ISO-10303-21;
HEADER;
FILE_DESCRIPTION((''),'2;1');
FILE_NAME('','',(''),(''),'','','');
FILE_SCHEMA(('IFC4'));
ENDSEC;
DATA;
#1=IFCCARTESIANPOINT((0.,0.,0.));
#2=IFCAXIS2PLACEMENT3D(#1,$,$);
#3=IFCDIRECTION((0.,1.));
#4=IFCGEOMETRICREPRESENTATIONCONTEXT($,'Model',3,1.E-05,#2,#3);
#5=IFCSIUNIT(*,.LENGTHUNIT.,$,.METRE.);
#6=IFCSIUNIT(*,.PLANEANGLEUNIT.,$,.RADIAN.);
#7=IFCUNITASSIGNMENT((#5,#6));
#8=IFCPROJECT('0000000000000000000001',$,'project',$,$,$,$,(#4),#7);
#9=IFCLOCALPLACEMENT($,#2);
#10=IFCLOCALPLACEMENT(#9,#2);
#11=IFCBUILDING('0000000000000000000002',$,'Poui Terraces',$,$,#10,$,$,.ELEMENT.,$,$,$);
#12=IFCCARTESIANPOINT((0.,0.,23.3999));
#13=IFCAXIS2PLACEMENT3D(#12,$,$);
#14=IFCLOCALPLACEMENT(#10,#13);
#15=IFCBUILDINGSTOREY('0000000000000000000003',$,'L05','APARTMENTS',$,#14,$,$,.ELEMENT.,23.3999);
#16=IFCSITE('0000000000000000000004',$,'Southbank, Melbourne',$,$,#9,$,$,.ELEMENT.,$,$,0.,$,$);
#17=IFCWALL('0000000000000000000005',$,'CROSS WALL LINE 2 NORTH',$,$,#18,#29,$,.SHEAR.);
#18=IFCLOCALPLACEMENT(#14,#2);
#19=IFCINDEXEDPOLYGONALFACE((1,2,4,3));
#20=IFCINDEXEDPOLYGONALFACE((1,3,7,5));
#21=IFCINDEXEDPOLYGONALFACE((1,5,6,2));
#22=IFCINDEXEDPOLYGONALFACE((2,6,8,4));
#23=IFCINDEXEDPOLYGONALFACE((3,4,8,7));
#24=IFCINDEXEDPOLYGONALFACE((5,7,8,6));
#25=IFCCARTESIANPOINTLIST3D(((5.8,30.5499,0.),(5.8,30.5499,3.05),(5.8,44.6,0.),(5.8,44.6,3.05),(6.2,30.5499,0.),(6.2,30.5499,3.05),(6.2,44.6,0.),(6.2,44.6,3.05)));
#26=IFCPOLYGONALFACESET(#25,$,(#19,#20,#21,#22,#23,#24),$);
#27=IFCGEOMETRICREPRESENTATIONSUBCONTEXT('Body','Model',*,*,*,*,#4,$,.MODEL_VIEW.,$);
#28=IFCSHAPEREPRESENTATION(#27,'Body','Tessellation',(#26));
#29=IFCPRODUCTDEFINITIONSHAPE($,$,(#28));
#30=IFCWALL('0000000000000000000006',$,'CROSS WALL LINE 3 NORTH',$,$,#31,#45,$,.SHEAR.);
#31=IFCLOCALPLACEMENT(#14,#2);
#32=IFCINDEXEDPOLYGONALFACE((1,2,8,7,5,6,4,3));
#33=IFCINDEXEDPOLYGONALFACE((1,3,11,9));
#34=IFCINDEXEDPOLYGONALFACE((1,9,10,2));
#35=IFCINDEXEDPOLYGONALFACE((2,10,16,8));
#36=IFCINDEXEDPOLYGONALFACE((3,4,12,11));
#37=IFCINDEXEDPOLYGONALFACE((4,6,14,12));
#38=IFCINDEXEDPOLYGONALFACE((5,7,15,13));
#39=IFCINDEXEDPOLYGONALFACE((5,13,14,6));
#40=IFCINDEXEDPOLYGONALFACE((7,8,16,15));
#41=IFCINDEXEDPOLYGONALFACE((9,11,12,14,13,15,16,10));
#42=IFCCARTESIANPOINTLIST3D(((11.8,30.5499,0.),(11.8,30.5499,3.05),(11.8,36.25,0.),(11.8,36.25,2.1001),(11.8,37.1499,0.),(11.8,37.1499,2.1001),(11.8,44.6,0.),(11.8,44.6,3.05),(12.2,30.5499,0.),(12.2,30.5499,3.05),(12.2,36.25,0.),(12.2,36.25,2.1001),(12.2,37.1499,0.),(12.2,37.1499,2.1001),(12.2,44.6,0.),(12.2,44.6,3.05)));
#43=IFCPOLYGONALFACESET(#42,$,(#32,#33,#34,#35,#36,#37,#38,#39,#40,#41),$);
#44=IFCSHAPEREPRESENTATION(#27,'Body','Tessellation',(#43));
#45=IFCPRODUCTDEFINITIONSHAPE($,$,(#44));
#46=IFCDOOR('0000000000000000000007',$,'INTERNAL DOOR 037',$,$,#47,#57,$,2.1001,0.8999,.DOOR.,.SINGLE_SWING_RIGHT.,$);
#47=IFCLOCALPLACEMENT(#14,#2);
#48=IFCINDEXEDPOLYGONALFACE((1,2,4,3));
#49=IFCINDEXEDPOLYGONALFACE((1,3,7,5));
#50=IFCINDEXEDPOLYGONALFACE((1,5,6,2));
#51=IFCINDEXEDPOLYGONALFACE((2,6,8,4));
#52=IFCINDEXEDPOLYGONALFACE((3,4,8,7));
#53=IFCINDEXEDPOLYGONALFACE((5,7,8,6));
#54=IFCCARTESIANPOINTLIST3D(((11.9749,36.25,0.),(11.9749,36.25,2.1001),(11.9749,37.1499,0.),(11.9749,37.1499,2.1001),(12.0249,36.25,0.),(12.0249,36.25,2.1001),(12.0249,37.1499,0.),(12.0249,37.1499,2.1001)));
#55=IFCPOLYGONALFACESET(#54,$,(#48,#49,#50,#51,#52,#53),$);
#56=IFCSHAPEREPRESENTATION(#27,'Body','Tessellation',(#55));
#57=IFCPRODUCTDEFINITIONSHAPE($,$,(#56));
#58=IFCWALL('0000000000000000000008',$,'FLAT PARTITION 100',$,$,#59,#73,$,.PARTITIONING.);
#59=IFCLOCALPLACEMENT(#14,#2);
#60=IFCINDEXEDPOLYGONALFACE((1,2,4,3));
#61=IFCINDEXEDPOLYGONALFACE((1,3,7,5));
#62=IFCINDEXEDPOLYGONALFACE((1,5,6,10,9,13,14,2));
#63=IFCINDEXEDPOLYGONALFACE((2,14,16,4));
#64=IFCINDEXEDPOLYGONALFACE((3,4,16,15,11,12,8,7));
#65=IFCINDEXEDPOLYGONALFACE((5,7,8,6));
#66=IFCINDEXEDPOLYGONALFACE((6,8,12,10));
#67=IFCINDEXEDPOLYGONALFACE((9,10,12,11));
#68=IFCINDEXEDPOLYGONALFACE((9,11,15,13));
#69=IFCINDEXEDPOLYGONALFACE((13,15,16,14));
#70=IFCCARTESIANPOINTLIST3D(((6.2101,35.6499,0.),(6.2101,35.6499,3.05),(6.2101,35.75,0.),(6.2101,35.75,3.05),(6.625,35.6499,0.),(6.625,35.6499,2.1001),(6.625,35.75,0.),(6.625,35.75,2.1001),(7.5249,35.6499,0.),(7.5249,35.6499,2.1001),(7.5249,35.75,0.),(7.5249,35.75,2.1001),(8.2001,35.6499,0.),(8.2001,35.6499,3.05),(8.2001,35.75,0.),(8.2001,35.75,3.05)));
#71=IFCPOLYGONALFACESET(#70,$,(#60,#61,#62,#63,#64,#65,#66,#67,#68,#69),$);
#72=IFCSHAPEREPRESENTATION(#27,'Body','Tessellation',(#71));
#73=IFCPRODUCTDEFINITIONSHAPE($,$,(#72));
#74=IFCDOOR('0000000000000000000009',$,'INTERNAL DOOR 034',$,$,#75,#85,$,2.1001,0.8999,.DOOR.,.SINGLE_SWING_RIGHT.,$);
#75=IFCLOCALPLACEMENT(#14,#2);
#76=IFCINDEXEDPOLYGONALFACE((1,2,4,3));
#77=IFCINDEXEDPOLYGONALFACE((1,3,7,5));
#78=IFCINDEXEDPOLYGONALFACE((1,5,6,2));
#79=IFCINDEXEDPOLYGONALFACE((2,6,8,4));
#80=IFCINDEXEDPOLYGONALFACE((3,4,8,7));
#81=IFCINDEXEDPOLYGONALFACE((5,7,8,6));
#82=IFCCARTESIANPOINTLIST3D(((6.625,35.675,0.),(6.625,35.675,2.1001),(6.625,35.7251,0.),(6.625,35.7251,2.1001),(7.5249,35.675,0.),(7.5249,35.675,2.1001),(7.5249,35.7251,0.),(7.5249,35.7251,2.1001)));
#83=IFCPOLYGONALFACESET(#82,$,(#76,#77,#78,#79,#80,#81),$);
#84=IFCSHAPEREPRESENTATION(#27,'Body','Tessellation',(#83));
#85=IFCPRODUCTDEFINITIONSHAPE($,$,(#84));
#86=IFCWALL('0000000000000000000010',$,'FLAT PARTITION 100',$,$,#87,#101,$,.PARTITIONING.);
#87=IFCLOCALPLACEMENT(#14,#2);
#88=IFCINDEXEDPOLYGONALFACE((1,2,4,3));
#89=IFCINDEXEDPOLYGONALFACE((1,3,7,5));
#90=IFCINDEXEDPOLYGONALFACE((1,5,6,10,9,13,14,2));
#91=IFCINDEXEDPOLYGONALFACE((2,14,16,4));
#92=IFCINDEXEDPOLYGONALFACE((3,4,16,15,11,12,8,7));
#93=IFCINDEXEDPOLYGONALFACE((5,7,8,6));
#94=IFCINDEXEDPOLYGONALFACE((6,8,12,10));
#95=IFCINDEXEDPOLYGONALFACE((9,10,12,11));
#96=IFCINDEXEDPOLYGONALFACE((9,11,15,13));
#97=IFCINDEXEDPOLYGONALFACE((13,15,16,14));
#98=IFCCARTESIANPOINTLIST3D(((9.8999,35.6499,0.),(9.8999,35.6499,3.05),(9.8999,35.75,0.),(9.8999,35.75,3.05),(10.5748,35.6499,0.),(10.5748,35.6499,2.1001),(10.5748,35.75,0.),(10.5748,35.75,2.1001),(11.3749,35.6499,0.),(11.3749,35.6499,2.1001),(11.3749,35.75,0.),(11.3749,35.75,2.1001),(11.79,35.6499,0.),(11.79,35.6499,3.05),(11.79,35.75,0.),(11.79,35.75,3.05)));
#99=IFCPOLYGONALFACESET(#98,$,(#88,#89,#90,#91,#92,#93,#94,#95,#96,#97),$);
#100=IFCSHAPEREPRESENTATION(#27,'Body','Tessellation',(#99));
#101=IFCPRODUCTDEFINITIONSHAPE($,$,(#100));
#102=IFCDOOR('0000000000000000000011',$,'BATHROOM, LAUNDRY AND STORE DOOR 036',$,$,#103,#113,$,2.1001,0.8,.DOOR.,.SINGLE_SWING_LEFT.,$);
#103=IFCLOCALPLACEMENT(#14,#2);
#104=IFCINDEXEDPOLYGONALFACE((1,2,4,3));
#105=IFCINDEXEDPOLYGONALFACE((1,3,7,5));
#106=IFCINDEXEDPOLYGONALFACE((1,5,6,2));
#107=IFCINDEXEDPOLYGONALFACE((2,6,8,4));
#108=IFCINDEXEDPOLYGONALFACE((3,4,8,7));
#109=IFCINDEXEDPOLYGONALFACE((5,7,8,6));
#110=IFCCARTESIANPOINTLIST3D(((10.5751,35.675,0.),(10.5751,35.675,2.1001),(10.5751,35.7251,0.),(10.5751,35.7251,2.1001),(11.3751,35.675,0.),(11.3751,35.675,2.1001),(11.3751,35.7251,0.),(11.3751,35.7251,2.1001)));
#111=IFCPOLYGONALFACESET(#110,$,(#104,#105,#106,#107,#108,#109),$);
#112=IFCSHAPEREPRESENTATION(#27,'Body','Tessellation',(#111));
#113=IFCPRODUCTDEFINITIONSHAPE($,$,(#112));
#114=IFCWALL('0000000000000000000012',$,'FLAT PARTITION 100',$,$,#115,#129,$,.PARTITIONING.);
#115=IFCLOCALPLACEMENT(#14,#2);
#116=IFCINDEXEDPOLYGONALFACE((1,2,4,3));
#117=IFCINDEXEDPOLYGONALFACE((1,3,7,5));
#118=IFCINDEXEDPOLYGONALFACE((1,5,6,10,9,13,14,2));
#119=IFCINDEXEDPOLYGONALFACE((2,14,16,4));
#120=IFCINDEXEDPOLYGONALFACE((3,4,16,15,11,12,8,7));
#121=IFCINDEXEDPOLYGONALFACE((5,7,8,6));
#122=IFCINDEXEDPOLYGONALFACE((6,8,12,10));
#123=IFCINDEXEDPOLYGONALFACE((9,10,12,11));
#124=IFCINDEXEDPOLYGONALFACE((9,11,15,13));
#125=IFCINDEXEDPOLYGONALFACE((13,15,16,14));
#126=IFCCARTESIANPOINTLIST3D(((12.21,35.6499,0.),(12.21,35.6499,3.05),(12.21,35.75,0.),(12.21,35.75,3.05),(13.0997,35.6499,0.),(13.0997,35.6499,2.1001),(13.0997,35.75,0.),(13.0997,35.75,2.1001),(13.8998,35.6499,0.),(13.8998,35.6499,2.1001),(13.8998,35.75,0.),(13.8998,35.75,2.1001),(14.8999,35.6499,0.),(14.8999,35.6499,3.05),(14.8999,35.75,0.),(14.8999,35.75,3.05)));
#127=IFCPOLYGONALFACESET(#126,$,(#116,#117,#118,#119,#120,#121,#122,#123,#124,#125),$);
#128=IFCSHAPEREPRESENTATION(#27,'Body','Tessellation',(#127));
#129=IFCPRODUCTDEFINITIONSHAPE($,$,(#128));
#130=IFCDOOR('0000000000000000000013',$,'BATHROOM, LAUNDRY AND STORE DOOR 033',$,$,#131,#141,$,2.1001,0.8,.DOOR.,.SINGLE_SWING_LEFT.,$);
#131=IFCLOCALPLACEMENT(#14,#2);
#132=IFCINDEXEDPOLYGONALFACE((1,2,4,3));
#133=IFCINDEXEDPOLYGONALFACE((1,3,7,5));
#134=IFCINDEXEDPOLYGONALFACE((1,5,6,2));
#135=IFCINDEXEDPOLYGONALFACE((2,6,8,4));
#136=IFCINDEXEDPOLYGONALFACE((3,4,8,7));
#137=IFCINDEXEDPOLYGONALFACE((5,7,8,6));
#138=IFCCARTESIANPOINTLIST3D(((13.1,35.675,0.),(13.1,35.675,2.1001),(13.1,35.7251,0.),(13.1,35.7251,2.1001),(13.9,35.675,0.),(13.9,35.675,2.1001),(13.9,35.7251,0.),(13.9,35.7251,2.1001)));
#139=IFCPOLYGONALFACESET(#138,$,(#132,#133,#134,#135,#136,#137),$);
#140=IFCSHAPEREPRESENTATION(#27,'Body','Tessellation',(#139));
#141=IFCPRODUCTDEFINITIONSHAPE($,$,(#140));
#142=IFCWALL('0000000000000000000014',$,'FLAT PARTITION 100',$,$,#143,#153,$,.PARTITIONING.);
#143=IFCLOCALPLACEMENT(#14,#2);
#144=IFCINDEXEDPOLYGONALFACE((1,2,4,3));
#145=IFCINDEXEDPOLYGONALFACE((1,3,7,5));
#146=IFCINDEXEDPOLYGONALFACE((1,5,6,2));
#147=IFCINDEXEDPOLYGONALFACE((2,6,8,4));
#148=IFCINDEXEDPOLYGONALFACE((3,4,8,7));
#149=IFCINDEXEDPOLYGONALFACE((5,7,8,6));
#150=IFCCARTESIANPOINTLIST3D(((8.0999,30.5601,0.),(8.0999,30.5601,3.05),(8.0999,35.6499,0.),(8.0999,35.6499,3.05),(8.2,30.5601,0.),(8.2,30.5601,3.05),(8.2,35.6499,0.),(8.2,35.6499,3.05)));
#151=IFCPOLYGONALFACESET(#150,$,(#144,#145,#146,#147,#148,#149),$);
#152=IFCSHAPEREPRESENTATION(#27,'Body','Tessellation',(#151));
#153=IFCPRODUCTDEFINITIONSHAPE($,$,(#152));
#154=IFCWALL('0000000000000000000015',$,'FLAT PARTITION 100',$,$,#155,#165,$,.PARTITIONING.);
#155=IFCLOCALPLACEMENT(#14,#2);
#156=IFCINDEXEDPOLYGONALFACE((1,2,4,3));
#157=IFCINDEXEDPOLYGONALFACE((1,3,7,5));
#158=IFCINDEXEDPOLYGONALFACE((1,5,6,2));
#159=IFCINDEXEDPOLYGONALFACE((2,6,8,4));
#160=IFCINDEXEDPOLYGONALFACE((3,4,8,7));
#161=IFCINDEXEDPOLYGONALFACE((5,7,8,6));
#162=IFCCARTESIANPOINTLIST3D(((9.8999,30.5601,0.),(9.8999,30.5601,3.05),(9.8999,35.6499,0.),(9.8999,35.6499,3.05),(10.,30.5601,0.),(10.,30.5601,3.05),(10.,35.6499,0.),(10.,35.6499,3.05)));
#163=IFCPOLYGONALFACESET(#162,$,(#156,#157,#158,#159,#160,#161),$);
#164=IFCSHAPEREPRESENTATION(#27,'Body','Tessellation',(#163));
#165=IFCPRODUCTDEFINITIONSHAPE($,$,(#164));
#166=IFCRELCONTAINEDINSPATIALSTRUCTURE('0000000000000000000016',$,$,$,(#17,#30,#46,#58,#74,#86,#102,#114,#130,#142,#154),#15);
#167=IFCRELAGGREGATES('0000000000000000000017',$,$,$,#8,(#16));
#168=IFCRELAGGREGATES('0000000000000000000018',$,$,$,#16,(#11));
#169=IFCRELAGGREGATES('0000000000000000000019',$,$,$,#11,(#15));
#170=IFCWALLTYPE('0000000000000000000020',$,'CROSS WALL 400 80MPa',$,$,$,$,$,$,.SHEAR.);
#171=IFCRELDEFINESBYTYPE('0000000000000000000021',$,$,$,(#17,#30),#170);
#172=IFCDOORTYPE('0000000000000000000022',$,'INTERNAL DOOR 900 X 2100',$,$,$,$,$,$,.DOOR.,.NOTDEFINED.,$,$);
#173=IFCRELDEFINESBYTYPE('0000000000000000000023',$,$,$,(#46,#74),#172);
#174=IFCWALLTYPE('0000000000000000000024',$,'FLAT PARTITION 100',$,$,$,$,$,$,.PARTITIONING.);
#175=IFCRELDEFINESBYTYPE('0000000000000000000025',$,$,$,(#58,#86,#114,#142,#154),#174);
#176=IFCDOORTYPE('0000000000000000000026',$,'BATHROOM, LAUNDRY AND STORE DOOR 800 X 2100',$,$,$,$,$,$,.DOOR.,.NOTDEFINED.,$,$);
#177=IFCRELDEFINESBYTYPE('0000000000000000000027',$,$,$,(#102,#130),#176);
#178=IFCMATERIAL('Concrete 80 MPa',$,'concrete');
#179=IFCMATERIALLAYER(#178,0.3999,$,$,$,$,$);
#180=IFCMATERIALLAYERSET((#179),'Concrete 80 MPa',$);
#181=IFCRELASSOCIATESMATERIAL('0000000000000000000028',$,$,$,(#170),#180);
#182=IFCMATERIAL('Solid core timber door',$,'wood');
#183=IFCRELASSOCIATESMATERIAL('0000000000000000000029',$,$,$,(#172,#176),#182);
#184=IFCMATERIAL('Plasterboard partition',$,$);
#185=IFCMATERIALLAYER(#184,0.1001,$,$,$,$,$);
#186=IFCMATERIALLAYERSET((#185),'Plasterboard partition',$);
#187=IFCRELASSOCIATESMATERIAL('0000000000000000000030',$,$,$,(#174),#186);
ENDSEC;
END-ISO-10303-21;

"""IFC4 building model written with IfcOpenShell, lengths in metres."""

from ifc_helpers import new_model, si_unit, direction, frame, frame_2d, origin, place, context, subcontext, project, spatial, rectangle, extrude, material, layer, layer_set, type_object, element, fill, save


model = new_model("IFC4")

# Units and contexts
model_context = context("Model", 3, precision=1e-05, world=origin(), true_north=direction((0.0, 1.0)))
body_context = subcontext(model_context, "Body", "Model", "MODEL_VIEW")
ifc_project = project(units=[si_unit("LENGTHUNIT", "METRE"), si_unit("PLANEANGLEUNIT", "RADIAN")], contexts=[model_context])

# Site, building, storey
site_placement = place(None, origin())
site = spatial("IfcSite", under=ifc_project, at=site_placement, Name="Southbank, Melbourne", CompositionType="ELEMENT", RefElevation=0.0)
building_placement = place(site_placement, origin())
building = spatial("IfcBuilding", under=site, at=building_placement, Name="Poui Terraces", CompositionType="ELEMENT")
storey_placement = place(building_placement, frame((0.0, 0.0, 23.3999)))
storey = spatial("IfcBuildingStorey", under=building, at=storey_placement, Name="L05", Description="APARTMENTS", CompositionType="ELEMENT", Elevation=23.3999)

# Wall
ifc_material_1 = material(Name="Concrete 80 MPa", Category="concrete")
ifc_layer_1 = layer(ifc_material_1, 0.3999)
ifc_layer_set_1 = layer_set([ifc_layer_1], Name="Concrete 80 MPa")
wall_type_1 = type_object("IfcWallType", Name="CROSS WALL 400 80MPa", PredefinedType="SHEAR", material=ifc_layer_set_1)
wall_1_placement = place(storey_placement, frame((6.0, 30.55, 0.0), z_axis=(0.0, 0.0, 1.0), x_axis=(0.0, 1.0, 0.0)))
element("IfcWall", 1, at=wall_1_placement, inside=storey, type_object=wall_type_1, Name="CROSS WALL LINE 2 NORTH", PredefinedType="SHEAR", context=body_context, shape_type="SweptSolid", body=[
    extrude(rectangle(XDim=14.05, YDim=0.3999, at=frame_2d((7.0249, 0.0))), origin(), (0.0, 0.0, 1.0), 3.05),
])

# Walls, openings, doors
wall_2_placement = place(storey_placement, frame((12.0, 30.55, 0.0), z_axis=(0.0, 0.0, 1.0), x_axis=(0.0, 1.0, 0.0)))
wall_2 = element("IfcWall", 2, at=wall_2_placement, inside=storey, type_object=wall_type_1, Name="CROSS WALL LINE 3 NORTH", PredefinedType="SHEAR", context=body_context, shape_type="SweptSolid", body=[
    extrude(rectangle(XDim=14.05, YDim=0.3999, at=frame_2d((7.0249, 0.0))), origin(), (0.0, 0.0, 1.0), 3.05),
])
opening_1_placement = place(wall_2_placement, frame((5.7, 0.0, 0.0)))
opening_1 = element("IfcOpeningElement", 3, at=opening_1_placement, cuts=wall_2, PredefinedType="OPENING", context=body_context, shape_type="SweptSolid", body=[
    extrude(rectangle(XDim=0.8999, YDim=2.1001, at=frame_2d((0.45, 1.05))), frame((0.0, 0.21, 0.0), z_axis=(0.0, -1.0, 0.0), x_axis=(1.0, 0.0, 0.0)), (0.0, 0.0, 1.0), 0.4199),
])
ifc_material_2 = material(Name="Solid core timber door", Category="wood")
door_type_1 = type_object("IfcDoorType", Name="INTERNAL DOOR 900 X 2100", OperationType="NOTDEFINED", PredefinedType="DOOR", material=ifc_material_2)
door_1_placement = place(opening_1_placement, frame((0.8999, 0.0, 0.0), z_axis=(0.0, 0.0, 1.0), x_axis=(-1.0, 0.0, 0.0)))
door_1 = element("IfcDoor", 4, at=door_1_placement, inside=storey, type_object=door_type_1, Name="INTERNAL DOOR 037", OperationType="SINGLE_SWING_RIGHT", OverallHeight=2.1001, OverallWidth=0.8999, PredefinedType="DOOR", context=body_context, shape_type="SweptSolid", body=[
    extrude(rectangle(XDim=0.8999, YDim=2.1001, at=frame_2d((0.45, 1.05))), frame((0.0, 0.0249, 0.0), z_axis=(0.0, -1.0, 0.0), x_axis=(1.0, 0.0, 0.0)), (0.0, 0.0, 1.0), 0.05),
])
fill(opening_1, door_1)
ifc_material_3 = material(Name="Plasterboard partition")
ifc_layer_2 = layer(ifc_material_3, 0.1001)
ifc_layer_set_2 = layer_set([ifc_layer_2], Name="Plasterboard partition")
wall_type_2 = type_object("IfcWallType", Name="FLAT PARTITION 100", PredefinedType="PARTITIONING", material=ifc_layer_set_2)
wall_3_placement = place(storey_placement, frame((6.21, 35.7, 0.0), z_axis=(0.0, 0.0, 1.0), x_axis=(1.0, 0.0, 0.0)))
wall_3 = element("IfcWall", 5, at=wall_3_placement, inside=storey, type_object=wall_type_2, Name="FLAT PARTITION 100", PredefinedType="PARTITIONING", context=body_context, shape_type="SweptSolid", body=[
    extrude(rectangle(XDim=1.99, YDim=0.1001, at=frame_2d((0.9951, 0.0))), origin(), (0.0, 0.0, 1.0), 3.05),
])
opening_2_placement = place(wall_3_placement, frame((0.415, 0.0, 0.0)))
opening_2 = element("IfcOpeningElement", 6, at=opening_2_placement, cuts=wall_3, PredefinedType="OPENING", context=body_context, shape_type="SweptSolid", body=[
    extrude(rectangle(XDim=0.8999, YDim=2.1001, at=frame_2d((0.45, 1.05))), frame((0.0, 0.0601, 0.0), z_axis=(0.0, -1.0, 0.0), x_axis=(1.0, 0.0, 0.0)), (0.0, 0.0, 1.0), 0.1201),
])
door_2_placement = place(opening_2_placement, frame((0.8999, 0.0, 0.0), z_axis=(0.0, 0.0, 1.0), x_axis=(-1.0, 0.0, 0.0)))
door_2 = element("IfcDoor", 7, at=door_2_placement, inside=storey, type_object=door_type_1, Name="INTERNAL DOOR 034", OperationType="SINGLE_SWING_RIGHT", OverallHeight=2.1001, OverallWidth=0.8999, PredefinedType="DOOR", context=body_context, shape_type="SweptSolid", body=[
    extrude(rectangle(XDim=0.8999, YDim=2.1001, at=frame_2d((0.45, 1.05))), frame((0.0, 0.0249, 0.0), z_axis=(0.0, -1.0, 0.0), x_axis=(1.0, 0.0, 0.0)), (0.0, 0.0, 1.0), 0.05),
])
fill(opening_2, door_2)
wall_4_placement = place(storey_placement, frame((9.8999, 35.7, 0.0), z_axis=(0.0, 0.0, 1.0), x_axis=(1.0, 0.0, 0.0)))
wall_4 = element("IfcWall", 8, at=wall_4_placement, inside=storey, type_object=wall_type_2, Name="FLAT PARTITION 100", PredefinedType="PARTITIONING", context=body_context, shape_type="SweptSolid", body=[
    extrude(rectangle(XDim=1.8901, YDim=0.1001, at=frame_2d((0.9451, 0.0))), origin(), (0.0, 0.0, 1.0), 3.05),
])
opening_3_placement = place(wall_4_placement, frame((0.675, 0.0, 0.0)))
opening_3 = element("IfcOpeningElement", 9, at=opening_3_placement, cuts=wall_4, PredefinedType="OPENING", context=body_context, shape_type="SweptSolid", body=[
    extrude(rectangle(XDim=0.8, YDim=2.1001, at=frame_2d((0.3999, 1.05))), frame((0.0, 0.0601, 0.0), z_axis=(0.0, -1.0, 0.0), x_axis=(1.0, 0.0, 0.0)), (0.0, 0.0, 1.0), 0.1201),
])
door_type_2 = type_object("IfcDoorType", Name="BATHROOM, LAUNDRY AND STORE DOOR 800 X 2100", OperationType="NOTDEFINED", PredefinedType="DOOR", material=ifc_material_2)
door_3_placement = place(opening_3_placement, frame((0.8, 0.0, 0.0), z_axis=(0.0, 0.0, 1.0), x_axis=(-1.0, 0.0, 0.0)))
door_3 = element("IfcDoor", 10, at=door_3_placement, inside=storey, type_object=door_type_2, Name="BATHROOM, LAUNDRY AND STORE DOOR 036", OperationType="SINGLE_SWING_LEFT", OverallHeight=2.1001, OverallWidth=0.8, PredefinedType="DOOR", context=body_context, shape_type="SweptSolid", body=[
    extrude(rectangle(XDim=0.8, YDim=2.1001, at=frame_2d((0.3999, 1.05))), frame((0.0, 0.0249, 0.0), z_axis=(0.0, -1.0, 0.0), x_axis=(1.0, 0.0, 0.0)), (0.0, 0.0, 1.0), 0.05),
])
fill(opening_3, door_3)
wall_5_placement = place(storey_placement, frame((12.21, 35.7, 0.0), z_axis=(0.0, 0.0, 1.0), x_axis=(1.0, 0.0, 0.0)))
wall_5 = element("IfcWall", 11, at=wall_5_placement, inside=storey, type_object=wall_type_2, Name="FLAT PARTITION 100", PredefinedType="PARTITIONING", context=body_context, shape_type="SweptSolid", body=[
    extrude(rectangle(XDim=2.6899, YDim=0.1001, at=frame_2d((1.345, 0.0))), origin(), (0.0, 0.0, 1.0), 3.05),
])
opening_4_placement = place(wall_5_placement, frame((0.8899, 0.0, 0.0)))
opening_4 = element("IfcOpeningElement", 12, at=opening_4_placement, cuts=wall_5, PredefinedType="OPENING", context=body_context, shape_type="SweptSolid", body=[
    extrude(rectangle(XDim=0.8, YDim=2.1001, at=frame_2d((0.3999, 1.05))), frame((0.0, 0.0601, 0.0), z_axis=(0.0, -1.0, 0.0), x_axis=(1.0, 0.0, 0.0)), (0.0, 0.0, 1.0), 0.1201),
])
door_4_placement = place(opening_4_placement, frame((0.8, 0.0, 0.0), z_axis=(0.0, 0.0, 1.0), x_axis=(-1.0, 0.0, 0.0)))
door_4 = element("IfcDoor", 13, at=door_4_placement, inside=storey, type_object=door_type_2, Name="BATHROOM, LAUNDRY AND STORE DOOR 033", OperationType="SINGLE_SWING_LEFT", OverallHeight=2.1001, OverallWidth=0.8, PredefinedType="DOOR", context=body_context, shape_type="SweptSolid", body=[
    extrude(rectangle(XDim=0.8, YDim=2.1001, at=frame_2d((0.3999, 1.05))), frame((0.0, 0.0249, 0.0), z_axis=(0.0, -1.0, 0.0), x_axis=(1.0, 0.0, 0.0)), (0.0, 0.0, 1.0), 0.05),
])
fill(opening_4, door_4)

# Walls
for number, where, z_axis, x_axis, name in (
    (14, (8.1499, 30.5601, 0.0), (0.0, 0.0, 1.0), (0.0, 1.0, 0.0), "FLAT PARTITION 100"),
    (15, (9.95, 30.5601, 0.0), (0.0, 0.0, 1.0), (0.0, 1.0, 0.0), "FLAT PARTITION 100"),
):
    element("IfcWall", number, at=place(storey_placement, frame(where, z_axis=z_axis, x_axis=x_axis)), inside=storey, type_object=wall_type_2, Name=name, PredefinedType="PARTITIONING", context=body_context, shape_type="SweptSolid", body=[
        extrude(rectangle(XDim=5.0898, YDim=0.1001, at=frame_2d((2.5449, 0.0))), origin(), (0.0, 0.0, 1.0), 3.05),
    ])

save(model, "model.ifc")
